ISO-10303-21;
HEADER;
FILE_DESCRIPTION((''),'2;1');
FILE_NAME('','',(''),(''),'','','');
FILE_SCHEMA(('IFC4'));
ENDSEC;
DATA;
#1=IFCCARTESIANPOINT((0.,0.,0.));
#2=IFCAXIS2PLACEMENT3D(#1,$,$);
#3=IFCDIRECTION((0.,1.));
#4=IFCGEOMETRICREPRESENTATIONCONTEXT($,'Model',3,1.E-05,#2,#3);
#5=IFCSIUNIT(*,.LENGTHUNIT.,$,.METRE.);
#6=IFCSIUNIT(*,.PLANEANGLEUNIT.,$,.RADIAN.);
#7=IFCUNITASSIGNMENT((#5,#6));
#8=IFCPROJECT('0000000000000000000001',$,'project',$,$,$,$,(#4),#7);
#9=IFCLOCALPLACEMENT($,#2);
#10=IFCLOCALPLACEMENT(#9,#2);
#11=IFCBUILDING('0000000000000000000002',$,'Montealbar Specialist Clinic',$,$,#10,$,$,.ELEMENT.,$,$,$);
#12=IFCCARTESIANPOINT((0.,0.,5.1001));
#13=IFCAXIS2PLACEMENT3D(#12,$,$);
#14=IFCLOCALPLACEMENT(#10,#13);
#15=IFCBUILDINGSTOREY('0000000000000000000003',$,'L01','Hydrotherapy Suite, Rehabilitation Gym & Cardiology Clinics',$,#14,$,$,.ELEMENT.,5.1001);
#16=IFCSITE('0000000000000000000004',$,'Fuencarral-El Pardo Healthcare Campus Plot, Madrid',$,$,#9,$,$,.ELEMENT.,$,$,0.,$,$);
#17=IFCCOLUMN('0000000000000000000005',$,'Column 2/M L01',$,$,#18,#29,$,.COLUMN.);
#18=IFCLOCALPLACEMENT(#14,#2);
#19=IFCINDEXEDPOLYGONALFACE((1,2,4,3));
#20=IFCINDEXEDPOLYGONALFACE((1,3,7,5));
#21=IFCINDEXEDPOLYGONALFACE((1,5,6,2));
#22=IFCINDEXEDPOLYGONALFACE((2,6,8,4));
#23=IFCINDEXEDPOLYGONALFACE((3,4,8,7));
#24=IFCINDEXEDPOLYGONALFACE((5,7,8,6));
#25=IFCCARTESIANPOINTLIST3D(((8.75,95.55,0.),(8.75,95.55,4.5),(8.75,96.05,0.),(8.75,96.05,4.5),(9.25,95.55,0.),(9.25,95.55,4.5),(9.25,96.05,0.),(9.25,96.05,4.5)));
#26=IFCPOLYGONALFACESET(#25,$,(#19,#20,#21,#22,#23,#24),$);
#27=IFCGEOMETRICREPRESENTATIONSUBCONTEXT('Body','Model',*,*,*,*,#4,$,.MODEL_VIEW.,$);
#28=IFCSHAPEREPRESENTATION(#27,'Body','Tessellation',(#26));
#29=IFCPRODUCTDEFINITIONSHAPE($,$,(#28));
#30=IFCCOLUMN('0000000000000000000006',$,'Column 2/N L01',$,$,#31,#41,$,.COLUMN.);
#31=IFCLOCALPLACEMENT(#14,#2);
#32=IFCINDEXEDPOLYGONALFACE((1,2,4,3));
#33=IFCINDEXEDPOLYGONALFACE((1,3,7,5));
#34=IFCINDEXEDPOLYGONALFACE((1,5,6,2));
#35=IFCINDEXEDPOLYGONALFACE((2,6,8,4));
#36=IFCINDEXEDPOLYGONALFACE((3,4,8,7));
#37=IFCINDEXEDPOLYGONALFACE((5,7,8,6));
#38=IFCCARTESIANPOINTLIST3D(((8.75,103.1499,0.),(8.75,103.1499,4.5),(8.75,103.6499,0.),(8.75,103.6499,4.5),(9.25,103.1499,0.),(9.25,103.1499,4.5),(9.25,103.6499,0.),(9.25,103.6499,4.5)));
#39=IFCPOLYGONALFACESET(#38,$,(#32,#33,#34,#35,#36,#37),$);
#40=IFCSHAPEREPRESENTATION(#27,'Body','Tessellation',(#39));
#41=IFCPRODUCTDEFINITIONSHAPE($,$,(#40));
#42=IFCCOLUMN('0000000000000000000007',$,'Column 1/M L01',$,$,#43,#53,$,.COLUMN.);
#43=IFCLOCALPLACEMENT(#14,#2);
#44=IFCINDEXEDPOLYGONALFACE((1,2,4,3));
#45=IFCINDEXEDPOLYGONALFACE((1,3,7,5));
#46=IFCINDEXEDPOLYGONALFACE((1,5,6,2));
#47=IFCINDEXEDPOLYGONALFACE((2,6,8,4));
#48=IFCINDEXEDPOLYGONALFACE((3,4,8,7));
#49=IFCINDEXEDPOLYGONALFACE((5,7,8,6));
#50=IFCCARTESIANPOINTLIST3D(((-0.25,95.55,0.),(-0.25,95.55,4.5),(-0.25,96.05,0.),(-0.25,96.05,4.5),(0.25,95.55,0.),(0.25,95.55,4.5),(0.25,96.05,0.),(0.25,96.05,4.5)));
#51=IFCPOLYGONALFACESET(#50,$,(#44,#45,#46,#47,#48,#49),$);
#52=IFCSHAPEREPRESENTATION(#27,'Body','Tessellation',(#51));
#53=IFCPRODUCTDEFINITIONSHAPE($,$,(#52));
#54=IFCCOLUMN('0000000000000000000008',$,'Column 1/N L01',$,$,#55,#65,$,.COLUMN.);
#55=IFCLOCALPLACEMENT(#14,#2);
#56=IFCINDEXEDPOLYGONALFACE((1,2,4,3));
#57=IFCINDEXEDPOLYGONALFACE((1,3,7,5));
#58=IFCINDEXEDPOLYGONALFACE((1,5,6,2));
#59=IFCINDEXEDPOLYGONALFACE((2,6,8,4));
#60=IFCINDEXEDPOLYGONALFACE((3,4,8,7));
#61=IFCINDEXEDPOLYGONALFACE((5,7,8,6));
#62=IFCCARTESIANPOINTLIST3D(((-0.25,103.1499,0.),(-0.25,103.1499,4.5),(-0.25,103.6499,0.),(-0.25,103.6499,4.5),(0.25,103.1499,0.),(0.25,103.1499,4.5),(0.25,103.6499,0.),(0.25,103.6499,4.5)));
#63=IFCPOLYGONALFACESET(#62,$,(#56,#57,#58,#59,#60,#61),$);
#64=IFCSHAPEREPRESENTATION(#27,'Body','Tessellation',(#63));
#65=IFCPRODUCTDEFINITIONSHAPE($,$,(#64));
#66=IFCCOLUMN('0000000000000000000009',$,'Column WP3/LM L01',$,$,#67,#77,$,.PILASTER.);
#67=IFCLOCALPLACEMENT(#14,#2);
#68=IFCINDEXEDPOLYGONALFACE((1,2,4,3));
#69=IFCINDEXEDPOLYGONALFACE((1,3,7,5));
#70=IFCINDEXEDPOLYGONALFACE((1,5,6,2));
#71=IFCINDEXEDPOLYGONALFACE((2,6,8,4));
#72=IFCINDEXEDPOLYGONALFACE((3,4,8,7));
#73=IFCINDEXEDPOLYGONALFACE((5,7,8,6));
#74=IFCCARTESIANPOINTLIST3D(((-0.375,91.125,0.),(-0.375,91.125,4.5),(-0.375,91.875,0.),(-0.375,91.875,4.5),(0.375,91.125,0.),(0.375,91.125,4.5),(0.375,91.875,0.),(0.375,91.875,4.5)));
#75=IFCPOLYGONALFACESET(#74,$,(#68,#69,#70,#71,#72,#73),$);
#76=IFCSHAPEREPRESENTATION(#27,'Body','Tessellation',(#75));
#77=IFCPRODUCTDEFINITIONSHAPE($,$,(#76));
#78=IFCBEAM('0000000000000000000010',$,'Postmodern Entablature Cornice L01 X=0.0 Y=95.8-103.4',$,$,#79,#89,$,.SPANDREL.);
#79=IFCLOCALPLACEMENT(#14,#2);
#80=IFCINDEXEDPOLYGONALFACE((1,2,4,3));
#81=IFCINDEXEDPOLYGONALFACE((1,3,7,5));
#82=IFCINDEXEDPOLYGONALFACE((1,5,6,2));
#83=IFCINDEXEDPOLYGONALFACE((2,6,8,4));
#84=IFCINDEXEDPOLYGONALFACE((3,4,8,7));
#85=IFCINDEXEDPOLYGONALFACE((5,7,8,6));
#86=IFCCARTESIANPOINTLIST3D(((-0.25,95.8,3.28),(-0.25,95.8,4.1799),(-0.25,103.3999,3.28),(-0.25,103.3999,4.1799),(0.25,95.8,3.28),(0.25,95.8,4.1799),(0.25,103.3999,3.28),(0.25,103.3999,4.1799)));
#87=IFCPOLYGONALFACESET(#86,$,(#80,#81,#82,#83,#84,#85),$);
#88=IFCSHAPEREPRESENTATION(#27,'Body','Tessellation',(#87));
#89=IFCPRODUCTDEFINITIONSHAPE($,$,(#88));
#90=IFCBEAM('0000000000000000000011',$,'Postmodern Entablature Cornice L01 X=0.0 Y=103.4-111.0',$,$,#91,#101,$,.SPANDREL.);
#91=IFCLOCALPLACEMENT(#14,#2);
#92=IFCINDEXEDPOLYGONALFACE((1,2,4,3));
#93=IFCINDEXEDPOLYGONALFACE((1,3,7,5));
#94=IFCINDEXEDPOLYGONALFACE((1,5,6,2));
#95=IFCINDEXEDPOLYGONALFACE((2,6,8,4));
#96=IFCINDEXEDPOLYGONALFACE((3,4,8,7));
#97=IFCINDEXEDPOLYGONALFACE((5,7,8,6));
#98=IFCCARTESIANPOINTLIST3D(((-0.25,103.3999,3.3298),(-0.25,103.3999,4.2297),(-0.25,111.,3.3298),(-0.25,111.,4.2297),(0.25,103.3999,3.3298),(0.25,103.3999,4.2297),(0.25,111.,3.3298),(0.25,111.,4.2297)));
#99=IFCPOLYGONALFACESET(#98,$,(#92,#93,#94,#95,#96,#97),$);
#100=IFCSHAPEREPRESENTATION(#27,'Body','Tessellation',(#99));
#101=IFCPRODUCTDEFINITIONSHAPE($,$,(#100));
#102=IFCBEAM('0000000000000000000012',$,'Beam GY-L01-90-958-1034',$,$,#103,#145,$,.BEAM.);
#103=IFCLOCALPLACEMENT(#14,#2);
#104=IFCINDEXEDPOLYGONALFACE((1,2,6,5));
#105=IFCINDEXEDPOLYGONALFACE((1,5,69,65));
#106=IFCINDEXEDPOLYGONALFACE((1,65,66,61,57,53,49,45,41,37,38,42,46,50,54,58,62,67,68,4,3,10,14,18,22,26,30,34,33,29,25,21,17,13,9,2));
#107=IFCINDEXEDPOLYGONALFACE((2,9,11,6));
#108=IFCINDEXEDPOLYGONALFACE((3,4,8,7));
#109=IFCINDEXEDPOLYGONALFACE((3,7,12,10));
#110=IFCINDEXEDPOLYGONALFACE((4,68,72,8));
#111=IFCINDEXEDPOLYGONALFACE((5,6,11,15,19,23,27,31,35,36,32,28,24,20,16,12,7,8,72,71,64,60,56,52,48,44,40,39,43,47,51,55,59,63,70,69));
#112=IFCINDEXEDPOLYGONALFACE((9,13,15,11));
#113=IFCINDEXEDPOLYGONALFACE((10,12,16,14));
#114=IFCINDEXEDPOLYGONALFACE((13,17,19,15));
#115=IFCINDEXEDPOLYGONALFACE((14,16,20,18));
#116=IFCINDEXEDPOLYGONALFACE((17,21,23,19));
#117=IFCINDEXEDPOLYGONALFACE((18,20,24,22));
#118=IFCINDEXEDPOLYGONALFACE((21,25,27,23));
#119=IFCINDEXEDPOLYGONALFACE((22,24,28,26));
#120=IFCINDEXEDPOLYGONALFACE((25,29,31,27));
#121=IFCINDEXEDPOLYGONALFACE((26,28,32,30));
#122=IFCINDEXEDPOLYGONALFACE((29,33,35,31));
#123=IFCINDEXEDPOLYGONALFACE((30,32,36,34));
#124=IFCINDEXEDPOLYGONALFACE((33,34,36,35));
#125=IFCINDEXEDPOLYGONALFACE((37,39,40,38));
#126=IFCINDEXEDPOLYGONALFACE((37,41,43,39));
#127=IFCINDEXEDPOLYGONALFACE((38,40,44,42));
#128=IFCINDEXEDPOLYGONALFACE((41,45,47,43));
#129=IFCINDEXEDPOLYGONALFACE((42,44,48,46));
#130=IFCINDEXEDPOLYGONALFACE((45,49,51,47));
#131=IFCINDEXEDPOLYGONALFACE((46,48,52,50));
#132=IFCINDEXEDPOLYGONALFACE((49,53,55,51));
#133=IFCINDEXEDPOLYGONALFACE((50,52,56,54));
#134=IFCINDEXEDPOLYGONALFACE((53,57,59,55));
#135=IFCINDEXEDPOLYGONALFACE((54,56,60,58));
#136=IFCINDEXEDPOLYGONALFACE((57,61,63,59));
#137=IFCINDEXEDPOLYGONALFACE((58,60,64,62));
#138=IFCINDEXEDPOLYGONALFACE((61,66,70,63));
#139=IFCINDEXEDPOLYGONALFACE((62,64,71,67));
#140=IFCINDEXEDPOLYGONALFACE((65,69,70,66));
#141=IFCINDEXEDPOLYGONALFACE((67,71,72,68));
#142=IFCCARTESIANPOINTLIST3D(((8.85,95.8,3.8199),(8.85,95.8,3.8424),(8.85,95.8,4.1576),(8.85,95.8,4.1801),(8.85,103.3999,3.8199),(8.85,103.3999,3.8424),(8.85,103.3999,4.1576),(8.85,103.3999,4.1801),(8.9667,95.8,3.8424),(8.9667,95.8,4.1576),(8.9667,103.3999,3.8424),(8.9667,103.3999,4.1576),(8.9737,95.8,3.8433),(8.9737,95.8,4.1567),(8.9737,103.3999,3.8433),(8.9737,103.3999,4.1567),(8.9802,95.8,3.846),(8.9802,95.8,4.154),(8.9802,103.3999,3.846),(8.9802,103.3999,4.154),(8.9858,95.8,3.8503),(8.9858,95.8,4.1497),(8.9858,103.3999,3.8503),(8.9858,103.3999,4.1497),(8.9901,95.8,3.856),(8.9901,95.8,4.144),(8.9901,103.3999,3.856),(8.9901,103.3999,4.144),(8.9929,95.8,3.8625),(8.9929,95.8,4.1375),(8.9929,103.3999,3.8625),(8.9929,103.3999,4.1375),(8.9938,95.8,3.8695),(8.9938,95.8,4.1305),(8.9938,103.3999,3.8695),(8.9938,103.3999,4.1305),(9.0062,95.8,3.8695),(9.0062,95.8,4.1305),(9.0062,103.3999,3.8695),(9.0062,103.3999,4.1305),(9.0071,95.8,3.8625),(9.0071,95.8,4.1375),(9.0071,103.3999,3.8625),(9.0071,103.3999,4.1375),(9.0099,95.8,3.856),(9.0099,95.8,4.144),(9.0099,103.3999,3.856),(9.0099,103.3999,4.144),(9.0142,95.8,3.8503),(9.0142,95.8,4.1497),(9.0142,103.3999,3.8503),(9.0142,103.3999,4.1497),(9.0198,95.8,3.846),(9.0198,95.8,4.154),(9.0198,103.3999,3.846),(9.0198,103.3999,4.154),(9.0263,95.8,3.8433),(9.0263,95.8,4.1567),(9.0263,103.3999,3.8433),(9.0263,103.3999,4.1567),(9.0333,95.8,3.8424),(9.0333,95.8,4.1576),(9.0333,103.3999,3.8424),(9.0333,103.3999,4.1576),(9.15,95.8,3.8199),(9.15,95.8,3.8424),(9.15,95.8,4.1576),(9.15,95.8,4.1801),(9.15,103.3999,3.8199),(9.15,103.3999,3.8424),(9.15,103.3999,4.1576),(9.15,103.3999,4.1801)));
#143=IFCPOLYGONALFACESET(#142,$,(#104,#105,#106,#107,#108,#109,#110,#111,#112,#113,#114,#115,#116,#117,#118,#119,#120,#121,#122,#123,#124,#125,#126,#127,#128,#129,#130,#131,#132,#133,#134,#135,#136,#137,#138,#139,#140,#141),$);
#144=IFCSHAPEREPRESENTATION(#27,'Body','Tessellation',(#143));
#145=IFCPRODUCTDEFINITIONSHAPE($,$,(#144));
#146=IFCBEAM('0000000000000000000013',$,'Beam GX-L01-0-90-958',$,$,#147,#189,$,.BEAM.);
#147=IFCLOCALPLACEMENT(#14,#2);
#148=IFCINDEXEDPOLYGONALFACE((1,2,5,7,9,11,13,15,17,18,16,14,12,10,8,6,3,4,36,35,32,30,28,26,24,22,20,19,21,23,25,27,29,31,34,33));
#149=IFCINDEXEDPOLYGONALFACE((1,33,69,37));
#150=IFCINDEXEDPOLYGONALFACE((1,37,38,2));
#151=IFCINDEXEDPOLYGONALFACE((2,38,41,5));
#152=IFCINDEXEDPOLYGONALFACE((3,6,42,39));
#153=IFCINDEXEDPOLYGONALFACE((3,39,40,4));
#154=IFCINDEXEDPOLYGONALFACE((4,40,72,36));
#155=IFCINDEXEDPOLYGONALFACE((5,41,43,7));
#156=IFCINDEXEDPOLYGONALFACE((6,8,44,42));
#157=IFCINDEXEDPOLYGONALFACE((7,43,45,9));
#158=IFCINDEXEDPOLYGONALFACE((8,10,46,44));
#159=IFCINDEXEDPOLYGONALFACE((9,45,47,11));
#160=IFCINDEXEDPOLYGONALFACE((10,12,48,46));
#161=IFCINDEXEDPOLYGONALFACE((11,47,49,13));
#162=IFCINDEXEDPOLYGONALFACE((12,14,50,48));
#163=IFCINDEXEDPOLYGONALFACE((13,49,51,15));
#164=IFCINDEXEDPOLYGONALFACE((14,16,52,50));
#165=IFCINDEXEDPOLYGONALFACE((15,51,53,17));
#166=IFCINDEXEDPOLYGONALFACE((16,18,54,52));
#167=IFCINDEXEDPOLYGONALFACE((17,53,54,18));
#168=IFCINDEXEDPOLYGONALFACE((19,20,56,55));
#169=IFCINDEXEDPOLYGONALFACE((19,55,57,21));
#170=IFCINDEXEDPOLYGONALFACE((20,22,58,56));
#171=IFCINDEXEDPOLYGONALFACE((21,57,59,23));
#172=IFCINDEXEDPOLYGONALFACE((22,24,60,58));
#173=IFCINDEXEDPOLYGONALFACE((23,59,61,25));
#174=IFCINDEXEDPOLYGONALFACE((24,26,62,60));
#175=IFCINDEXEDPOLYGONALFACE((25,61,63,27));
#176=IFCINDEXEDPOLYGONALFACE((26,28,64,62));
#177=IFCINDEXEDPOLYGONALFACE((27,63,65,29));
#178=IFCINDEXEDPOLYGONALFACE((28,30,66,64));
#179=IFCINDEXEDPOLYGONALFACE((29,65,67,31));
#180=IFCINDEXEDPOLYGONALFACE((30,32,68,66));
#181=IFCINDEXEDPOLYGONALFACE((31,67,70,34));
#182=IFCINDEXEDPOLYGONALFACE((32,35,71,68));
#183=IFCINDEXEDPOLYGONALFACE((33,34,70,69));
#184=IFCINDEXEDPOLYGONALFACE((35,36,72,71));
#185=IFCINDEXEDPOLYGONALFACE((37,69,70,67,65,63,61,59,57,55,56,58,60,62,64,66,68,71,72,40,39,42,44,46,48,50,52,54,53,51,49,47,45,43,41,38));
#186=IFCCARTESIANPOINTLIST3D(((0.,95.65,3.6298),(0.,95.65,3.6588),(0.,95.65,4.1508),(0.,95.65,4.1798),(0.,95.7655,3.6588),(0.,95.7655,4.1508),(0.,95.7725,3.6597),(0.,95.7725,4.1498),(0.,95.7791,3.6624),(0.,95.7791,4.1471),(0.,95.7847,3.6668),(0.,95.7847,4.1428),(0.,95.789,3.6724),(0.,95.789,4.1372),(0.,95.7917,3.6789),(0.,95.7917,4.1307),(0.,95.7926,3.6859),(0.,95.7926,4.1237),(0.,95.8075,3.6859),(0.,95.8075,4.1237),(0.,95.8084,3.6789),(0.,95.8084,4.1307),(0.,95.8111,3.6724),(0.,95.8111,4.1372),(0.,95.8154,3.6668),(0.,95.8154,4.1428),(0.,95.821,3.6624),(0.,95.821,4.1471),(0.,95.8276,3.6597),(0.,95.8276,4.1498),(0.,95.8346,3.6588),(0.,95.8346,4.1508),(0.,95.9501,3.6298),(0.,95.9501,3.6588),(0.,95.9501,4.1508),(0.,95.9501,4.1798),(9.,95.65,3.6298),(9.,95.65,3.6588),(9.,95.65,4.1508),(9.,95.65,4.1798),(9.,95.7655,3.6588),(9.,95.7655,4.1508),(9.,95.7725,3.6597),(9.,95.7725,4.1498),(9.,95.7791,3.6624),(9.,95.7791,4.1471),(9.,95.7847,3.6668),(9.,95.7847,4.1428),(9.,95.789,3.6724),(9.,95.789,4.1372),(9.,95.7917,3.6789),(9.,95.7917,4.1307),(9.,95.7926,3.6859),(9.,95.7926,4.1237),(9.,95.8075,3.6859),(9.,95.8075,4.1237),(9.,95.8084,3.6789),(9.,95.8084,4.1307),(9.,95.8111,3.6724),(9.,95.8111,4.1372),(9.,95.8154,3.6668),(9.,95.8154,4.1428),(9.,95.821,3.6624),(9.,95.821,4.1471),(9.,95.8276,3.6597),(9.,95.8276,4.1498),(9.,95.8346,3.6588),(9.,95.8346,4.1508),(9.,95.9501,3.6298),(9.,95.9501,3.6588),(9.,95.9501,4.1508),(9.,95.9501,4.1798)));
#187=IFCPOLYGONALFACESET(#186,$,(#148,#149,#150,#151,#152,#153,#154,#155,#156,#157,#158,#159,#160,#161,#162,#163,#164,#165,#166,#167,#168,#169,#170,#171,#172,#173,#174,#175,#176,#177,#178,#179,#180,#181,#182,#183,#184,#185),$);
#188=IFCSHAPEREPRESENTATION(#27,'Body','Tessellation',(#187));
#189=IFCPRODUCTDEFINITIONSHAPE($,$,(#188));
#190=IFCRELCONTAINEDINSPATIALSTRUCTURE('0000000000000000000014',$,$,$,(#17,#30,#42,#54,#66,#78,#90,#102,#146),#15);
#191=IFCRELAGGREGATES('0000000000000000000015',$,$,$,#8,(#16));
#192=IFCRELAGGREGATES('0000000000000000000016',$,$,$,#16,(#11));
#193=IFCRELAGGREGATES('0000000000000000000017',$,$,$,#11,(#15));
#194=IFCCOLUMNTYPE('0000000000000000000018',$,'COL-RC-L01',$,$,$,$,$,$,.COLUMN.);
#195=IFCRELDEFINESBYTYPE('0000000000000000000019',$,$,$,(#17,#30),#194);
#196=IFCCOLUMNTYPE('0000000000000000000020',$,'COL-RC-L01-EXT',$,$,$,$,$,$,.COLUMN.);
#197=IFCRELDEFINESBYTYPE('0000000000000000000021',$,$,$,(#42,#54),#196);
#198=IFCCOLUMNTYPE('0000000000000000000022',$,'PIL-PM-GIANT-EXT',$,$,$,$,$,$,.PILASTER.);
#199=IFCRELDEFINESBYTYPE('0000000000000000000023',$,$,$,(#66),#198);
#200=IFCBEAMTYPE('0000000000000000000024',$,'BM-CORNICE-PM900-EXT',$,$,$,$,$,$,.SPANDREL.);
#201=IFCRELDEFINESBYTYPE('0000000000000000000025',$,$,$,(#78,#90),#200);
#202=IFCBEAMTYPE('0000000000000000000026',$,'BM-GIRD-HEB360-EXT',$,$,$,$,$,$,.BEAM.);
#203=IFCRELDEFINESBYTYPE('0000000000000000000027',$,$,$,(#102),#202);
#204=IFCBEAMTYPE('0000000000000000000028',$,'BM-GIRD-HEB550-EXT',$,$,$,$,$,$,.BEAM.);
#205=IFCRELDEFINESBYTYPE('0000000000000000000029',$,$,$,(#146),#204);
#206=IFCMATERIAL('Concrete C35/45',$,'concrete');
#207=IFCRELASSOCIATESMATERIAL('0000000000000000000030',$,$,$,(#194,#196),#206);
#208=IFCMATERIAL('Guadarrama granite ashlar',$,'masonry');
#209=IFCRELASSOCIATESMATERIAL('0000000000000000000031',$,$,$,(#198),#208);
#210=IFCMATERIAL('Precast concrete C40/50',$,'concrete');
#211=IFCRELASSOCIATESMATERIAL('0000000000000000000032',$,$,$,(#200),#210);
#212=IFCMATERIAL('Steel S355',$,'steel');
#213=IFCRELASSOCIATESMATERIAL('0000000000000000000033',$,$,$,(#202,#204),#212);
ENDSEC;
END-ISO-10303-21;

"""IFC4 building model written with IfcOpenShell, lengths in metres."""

from ifc_helpers import new_model, si_unit, direction, frame, origin, origin_2d, place, context, subcontext, project, spatial, rectangle, i_section, extrude, material, material_profile, profile_set, type_object, element, save


model = new_model("IFC4")

# Units and contexts
model_context = context("Model", 3, precision=1e-05, world=origin(), true_north=direction((0.0, 1.0)))
body_context = subcontext(model_context, "Body", "Model", "MODEL_VIEW")
ifc_project = project(units=[si_unit("LENGTHUNIT", "METRE"), si_unit("PLANEANGLEUNIT", "RADIAN")], contexts=[model_context])

# Site, building, storey
site_placement = place(None, origin())
site = spatial("IfcSite", under=ifc_project, at=site_placement, Name="Fuencarral-El Pardo Healthcare Campus Plot, Madrid", CompositionType="ELEMENT", RefElevation=0.0)
building_placement = place(site_placement, origin())
building = spatial("IfcBuilding", under=site, at=building_placement, Name="Montealbar Specialist Clinic", CompositionType="ELEMENT")
storey_placement = place(building_placement, frame((0.0, 0.0, 5.1001)))
storey = spatial("IfcBuildingStorey", under=building, at=storey_placement, Name="L01", Description="Hydrotherapy Suite, Rehabilitation Gym & Cardiology Clinics", CompositionType="ELEMENT", Elevation=5.1001)

# Columns
ifc_material_1 = material(Name="Concrete C35/45", Category="concrete")
ifc_material_profile_1 = material_profile(ifc_material_1, rectangle(XDim=0.5, YDim=0.5, at=origin_2d()), Name="RC 500x500", Category="concrete")
ifc_profile_set_1 = profile_set([ifc_material_profile_1], Name="Concrete C35/45")
column_type_1 = type_object("IfcColumnType", Name="COL-RC-L01", PredefinedType="COLUMN", material=ifc_profile_set_1)
for number, where, z_axis, x_axis, name in (
    (1, (9.0, 95.8, 0.0), (0.0, 0.0, 1.0), (1.0, 0.0, 0.0), "Column 2/M L01"),
    (2, (9.0, 103.3999, 0.0), (0.0, 0.0, 1.0), (1.0, 0.0, 0.0), "Column 2/N L01"),
):
    element("IfcColumn", number, at=place(storey_placement, frame(where, z_axis=z_axis, x_axis=x_axis)), inside=storey, type_object=column_type_1, Name=name, PredefinedType="COLUMN", context=body_context, shape_type="SweptSolid", body=[
        extrude(rectangle(XDim=0.5, YDim=0.5, at=origin_2d()), origin(), (0.0, 0.0, 1.0), 4.5),
    ])
ifc_material_profile_2 = material_profile(ifc_material_1, rectangle(XDim=0.5, YDim=0.5, at=origin_2d()), Name="RC 500x500", Category="concrete")
ifc_profile_set_2 = profile_set([ifc_material_profile_2], Name="Concrete C35/45")
column_type_2 = type_object("IfcColumnType", Name="COL-RC-L01-EXT", PredefinedType="COLUMN", material=ifc_profile_set_2)
for number, where, z_axis, x_axis, name in (
    (3, (0.0, 95.8, 0.0), (0.0, 0.0, 1.0), (1.0, 0.0, 0.0), "Column 1/M L01"),
    (4, (0.0, 103.3999, 0.0), (0.0, 0.0, 1.0), (1.0, 0.0, 0.0), "Column 1/N L01"),
):
    element("IfcColumn", number, at=place(storey_placement, frame(where, z_axis=z_axis, x_axis=x_axis)), inside=storey, type_object=column_type_2, Name=name, PredefinedType="COLUMN", context=body_context, shape_type="SweptSolid", body=[
        extrude(rectangle(XDim=0.5, YDim=0.5, at=origin_2d()), origin(), (0.0, 0.0, 1.0), 4.5),
    ])
ifc_material_2 = material(Name="Guadarrama granite ashlar", Category="masonry")
ifc_material_profile_3 = material_profile(ifc_material_2, rectangle(XDim=0.75, YDim=0.75, at=origin_2d()), Name="GRANITE PILASTER 750x750", Category="masonry")
ifc_profile_set_3 = profile_set([ifc_material_profile_3], Name="Guadarrama granite ashlar")
column_type_3 = type_object("IfcColumnType", Name="PIL-PM-GIANT-EXT", PredefinedType="PILASTER", material=ifc_profile_set_3)
column_placement = place(storey_placement, frame((0.0, 91.5, 0.0), z_axis=(0.0, 0.0, 1.0), x_axis=(1.0, 0.0, 0.0)))
element("IfcColumn", 5, at=column_placement, inside=storey, type_object=column_type_3, Name="Column WP3/LM L01", PredefinedType="PILASTER", context=body_context, shape_type="SweptSolid", body=[
    extrude(rectangle(XDim=0.75, YDim=0.75, at=origin_2d()), origin(), (0.0, 0.0, 1.0), 4.5),
])

# Beams
ifc_material_3 = material(Name="Precast concrete C40/50", Category="concrete")
ifc_material_profile_4 = material_profile(ifc_material_3, rectangle(XDim=0.5, YDim=0.8999, at=origin_2d()), Name="PRECAST CORNICE 500x900", Category="concrete")
ifc_profile_set_4 = profile_set([ifc_material_profile_4], Name="Precast concrete C40/50")
beam_type_1 = type_object("IfcBeamType", Name="BM-CORNICE-PM900-EXT", PredefinedType="SPANDREL", material=ifc_profile_set_4)
beam_1_placement = place(storey_placement, frame((0.0, 95.8, 3.73), z_axis=(0.0, 1.0, 0.0), x_axis=(-1.0, 0.0, 0.0)))
element("IfcBeam", 6, at=beam_1_placement, inside=storey, type_object=beam_type_1, Name="Postmodern Entablature Cornice L01 X=0.0 Y=95.8-103.4", PredefinedType="SPANDREL", context=body_context, shape_type="SweptSolid", body=[
    extrude(rectangle(XDim=0.5, YDim=0.8999, at=origin_2d()), origin(), (0.0, 0.0, 1.0), 7.5999),
])
beam_2_placement = place(storey_placement, frame((0.0, 103.3999, 3.7798), z_axis=(0.0, 1.0, 0.0), x_axis=(-1.0, 0.0, 0.0)))
element("IfcBeam", 7, at=beam_2_placement, inside=storey, type_object=beam_type_1, Name="Postmodern Entablature Cornice L01 X=0.0 Y=103.4-111.0", PredefinedType="SPANDREL", context=body_context, shape_type="SweptSolid", body=[
    extrude(rectangle(XDim=0.5, YDim=0.8999, at=origin_2d()), origin(), (0.0, 0.0, 1.0), 7.6001),
])
ifc_material_4 = material(Name="Steel S355", Category="steel")
ifc_material_profile_5 = material_profile(ifc_material_4, i_section(OverallWidth=0.3, OverallDepth=0.3601, WebThickness=0.0125, FlangeThickness=0.0225, FilletRadius=0.0271, at=origin_2d()), Name="HEB 360", Category="steel")
ifc_profile_set_5 = profile_set([ifc_material_profile_5], Name="Steel S355")
beam_type_2 = type_object("IfcBeamType", Name="BM-GIRD-HEB360-EXT", PredefinedType="BEAM", material=ifc_profile_set_5)
beam_3_placement = place(storey_placement, frame((9.0, 95.8, 4.0), z_axis=(0.0, 1.0, 0.0), x_axis=(-1.0, 0.0, 0.0)))
element("IfcBeam", 8, at=beam_3_placement, inside=storey, type_object=beam_type_2, Name="Beam GY-L01-90-958-1034", PredefinedType="BEAM", context=body_context, shape_type="SweptSolid", body=[
    extrude(i_section(OverallWidth=0.3, OverallDepth=0.3601, WebThickness=0.0125, FlangeThickness=0.0225, FilletRadius=0.0271, at=origin_2d()), origin(), (0.0, 0.0, 1.0), 7.5999),
])
ifc_material_profile_6 = material_profile(ifc_material_4, i_section(OverallWidth=0.3, OverallDepth=0.55, WebThickness=0.0149, FlangeThickness=0.0291, FilletRadius=0.0271, at=origin_2d()), Name="HEB 550", Category="steel")
ifc_profile_set_6 = profile_set([ifc_material_profile_6], Name="Steel S355")
beam_type_3 = type_object("IfcBeamType", Name="BM-GIRD-HEB550-EXT", PredefinedType="BEAM", material=ifc_profile_set_6)
for number, where, z_axis, x_axis, name in (
    (9, (0.0, 95.8, 3.9048), (1.0, 0.0, 0.0), (0.0, 1.0, 0.0), "Beam GX-L01-0-90-958"),
):
    element("IfcBeam", number, at=place(storey_placement, frame(where, z_axis=z_axis, x_axis=x_axis)), inside=storey, type_object=beam_type_3, Name=name, PredefinedType="BEAM", context=body_context, shape_type="SweptSolid", body=[
        extrude(i_section(OverallWidth=0.3, OverallDepth=0.55, WebThickness=0.0149, FlangeThickness=0.0291, FilletRadius=0.0271, at=origin_2d()), origin(), (0.0, 0.0, 1.0), 9.0),
    ])

save(model, "model.ifc")
